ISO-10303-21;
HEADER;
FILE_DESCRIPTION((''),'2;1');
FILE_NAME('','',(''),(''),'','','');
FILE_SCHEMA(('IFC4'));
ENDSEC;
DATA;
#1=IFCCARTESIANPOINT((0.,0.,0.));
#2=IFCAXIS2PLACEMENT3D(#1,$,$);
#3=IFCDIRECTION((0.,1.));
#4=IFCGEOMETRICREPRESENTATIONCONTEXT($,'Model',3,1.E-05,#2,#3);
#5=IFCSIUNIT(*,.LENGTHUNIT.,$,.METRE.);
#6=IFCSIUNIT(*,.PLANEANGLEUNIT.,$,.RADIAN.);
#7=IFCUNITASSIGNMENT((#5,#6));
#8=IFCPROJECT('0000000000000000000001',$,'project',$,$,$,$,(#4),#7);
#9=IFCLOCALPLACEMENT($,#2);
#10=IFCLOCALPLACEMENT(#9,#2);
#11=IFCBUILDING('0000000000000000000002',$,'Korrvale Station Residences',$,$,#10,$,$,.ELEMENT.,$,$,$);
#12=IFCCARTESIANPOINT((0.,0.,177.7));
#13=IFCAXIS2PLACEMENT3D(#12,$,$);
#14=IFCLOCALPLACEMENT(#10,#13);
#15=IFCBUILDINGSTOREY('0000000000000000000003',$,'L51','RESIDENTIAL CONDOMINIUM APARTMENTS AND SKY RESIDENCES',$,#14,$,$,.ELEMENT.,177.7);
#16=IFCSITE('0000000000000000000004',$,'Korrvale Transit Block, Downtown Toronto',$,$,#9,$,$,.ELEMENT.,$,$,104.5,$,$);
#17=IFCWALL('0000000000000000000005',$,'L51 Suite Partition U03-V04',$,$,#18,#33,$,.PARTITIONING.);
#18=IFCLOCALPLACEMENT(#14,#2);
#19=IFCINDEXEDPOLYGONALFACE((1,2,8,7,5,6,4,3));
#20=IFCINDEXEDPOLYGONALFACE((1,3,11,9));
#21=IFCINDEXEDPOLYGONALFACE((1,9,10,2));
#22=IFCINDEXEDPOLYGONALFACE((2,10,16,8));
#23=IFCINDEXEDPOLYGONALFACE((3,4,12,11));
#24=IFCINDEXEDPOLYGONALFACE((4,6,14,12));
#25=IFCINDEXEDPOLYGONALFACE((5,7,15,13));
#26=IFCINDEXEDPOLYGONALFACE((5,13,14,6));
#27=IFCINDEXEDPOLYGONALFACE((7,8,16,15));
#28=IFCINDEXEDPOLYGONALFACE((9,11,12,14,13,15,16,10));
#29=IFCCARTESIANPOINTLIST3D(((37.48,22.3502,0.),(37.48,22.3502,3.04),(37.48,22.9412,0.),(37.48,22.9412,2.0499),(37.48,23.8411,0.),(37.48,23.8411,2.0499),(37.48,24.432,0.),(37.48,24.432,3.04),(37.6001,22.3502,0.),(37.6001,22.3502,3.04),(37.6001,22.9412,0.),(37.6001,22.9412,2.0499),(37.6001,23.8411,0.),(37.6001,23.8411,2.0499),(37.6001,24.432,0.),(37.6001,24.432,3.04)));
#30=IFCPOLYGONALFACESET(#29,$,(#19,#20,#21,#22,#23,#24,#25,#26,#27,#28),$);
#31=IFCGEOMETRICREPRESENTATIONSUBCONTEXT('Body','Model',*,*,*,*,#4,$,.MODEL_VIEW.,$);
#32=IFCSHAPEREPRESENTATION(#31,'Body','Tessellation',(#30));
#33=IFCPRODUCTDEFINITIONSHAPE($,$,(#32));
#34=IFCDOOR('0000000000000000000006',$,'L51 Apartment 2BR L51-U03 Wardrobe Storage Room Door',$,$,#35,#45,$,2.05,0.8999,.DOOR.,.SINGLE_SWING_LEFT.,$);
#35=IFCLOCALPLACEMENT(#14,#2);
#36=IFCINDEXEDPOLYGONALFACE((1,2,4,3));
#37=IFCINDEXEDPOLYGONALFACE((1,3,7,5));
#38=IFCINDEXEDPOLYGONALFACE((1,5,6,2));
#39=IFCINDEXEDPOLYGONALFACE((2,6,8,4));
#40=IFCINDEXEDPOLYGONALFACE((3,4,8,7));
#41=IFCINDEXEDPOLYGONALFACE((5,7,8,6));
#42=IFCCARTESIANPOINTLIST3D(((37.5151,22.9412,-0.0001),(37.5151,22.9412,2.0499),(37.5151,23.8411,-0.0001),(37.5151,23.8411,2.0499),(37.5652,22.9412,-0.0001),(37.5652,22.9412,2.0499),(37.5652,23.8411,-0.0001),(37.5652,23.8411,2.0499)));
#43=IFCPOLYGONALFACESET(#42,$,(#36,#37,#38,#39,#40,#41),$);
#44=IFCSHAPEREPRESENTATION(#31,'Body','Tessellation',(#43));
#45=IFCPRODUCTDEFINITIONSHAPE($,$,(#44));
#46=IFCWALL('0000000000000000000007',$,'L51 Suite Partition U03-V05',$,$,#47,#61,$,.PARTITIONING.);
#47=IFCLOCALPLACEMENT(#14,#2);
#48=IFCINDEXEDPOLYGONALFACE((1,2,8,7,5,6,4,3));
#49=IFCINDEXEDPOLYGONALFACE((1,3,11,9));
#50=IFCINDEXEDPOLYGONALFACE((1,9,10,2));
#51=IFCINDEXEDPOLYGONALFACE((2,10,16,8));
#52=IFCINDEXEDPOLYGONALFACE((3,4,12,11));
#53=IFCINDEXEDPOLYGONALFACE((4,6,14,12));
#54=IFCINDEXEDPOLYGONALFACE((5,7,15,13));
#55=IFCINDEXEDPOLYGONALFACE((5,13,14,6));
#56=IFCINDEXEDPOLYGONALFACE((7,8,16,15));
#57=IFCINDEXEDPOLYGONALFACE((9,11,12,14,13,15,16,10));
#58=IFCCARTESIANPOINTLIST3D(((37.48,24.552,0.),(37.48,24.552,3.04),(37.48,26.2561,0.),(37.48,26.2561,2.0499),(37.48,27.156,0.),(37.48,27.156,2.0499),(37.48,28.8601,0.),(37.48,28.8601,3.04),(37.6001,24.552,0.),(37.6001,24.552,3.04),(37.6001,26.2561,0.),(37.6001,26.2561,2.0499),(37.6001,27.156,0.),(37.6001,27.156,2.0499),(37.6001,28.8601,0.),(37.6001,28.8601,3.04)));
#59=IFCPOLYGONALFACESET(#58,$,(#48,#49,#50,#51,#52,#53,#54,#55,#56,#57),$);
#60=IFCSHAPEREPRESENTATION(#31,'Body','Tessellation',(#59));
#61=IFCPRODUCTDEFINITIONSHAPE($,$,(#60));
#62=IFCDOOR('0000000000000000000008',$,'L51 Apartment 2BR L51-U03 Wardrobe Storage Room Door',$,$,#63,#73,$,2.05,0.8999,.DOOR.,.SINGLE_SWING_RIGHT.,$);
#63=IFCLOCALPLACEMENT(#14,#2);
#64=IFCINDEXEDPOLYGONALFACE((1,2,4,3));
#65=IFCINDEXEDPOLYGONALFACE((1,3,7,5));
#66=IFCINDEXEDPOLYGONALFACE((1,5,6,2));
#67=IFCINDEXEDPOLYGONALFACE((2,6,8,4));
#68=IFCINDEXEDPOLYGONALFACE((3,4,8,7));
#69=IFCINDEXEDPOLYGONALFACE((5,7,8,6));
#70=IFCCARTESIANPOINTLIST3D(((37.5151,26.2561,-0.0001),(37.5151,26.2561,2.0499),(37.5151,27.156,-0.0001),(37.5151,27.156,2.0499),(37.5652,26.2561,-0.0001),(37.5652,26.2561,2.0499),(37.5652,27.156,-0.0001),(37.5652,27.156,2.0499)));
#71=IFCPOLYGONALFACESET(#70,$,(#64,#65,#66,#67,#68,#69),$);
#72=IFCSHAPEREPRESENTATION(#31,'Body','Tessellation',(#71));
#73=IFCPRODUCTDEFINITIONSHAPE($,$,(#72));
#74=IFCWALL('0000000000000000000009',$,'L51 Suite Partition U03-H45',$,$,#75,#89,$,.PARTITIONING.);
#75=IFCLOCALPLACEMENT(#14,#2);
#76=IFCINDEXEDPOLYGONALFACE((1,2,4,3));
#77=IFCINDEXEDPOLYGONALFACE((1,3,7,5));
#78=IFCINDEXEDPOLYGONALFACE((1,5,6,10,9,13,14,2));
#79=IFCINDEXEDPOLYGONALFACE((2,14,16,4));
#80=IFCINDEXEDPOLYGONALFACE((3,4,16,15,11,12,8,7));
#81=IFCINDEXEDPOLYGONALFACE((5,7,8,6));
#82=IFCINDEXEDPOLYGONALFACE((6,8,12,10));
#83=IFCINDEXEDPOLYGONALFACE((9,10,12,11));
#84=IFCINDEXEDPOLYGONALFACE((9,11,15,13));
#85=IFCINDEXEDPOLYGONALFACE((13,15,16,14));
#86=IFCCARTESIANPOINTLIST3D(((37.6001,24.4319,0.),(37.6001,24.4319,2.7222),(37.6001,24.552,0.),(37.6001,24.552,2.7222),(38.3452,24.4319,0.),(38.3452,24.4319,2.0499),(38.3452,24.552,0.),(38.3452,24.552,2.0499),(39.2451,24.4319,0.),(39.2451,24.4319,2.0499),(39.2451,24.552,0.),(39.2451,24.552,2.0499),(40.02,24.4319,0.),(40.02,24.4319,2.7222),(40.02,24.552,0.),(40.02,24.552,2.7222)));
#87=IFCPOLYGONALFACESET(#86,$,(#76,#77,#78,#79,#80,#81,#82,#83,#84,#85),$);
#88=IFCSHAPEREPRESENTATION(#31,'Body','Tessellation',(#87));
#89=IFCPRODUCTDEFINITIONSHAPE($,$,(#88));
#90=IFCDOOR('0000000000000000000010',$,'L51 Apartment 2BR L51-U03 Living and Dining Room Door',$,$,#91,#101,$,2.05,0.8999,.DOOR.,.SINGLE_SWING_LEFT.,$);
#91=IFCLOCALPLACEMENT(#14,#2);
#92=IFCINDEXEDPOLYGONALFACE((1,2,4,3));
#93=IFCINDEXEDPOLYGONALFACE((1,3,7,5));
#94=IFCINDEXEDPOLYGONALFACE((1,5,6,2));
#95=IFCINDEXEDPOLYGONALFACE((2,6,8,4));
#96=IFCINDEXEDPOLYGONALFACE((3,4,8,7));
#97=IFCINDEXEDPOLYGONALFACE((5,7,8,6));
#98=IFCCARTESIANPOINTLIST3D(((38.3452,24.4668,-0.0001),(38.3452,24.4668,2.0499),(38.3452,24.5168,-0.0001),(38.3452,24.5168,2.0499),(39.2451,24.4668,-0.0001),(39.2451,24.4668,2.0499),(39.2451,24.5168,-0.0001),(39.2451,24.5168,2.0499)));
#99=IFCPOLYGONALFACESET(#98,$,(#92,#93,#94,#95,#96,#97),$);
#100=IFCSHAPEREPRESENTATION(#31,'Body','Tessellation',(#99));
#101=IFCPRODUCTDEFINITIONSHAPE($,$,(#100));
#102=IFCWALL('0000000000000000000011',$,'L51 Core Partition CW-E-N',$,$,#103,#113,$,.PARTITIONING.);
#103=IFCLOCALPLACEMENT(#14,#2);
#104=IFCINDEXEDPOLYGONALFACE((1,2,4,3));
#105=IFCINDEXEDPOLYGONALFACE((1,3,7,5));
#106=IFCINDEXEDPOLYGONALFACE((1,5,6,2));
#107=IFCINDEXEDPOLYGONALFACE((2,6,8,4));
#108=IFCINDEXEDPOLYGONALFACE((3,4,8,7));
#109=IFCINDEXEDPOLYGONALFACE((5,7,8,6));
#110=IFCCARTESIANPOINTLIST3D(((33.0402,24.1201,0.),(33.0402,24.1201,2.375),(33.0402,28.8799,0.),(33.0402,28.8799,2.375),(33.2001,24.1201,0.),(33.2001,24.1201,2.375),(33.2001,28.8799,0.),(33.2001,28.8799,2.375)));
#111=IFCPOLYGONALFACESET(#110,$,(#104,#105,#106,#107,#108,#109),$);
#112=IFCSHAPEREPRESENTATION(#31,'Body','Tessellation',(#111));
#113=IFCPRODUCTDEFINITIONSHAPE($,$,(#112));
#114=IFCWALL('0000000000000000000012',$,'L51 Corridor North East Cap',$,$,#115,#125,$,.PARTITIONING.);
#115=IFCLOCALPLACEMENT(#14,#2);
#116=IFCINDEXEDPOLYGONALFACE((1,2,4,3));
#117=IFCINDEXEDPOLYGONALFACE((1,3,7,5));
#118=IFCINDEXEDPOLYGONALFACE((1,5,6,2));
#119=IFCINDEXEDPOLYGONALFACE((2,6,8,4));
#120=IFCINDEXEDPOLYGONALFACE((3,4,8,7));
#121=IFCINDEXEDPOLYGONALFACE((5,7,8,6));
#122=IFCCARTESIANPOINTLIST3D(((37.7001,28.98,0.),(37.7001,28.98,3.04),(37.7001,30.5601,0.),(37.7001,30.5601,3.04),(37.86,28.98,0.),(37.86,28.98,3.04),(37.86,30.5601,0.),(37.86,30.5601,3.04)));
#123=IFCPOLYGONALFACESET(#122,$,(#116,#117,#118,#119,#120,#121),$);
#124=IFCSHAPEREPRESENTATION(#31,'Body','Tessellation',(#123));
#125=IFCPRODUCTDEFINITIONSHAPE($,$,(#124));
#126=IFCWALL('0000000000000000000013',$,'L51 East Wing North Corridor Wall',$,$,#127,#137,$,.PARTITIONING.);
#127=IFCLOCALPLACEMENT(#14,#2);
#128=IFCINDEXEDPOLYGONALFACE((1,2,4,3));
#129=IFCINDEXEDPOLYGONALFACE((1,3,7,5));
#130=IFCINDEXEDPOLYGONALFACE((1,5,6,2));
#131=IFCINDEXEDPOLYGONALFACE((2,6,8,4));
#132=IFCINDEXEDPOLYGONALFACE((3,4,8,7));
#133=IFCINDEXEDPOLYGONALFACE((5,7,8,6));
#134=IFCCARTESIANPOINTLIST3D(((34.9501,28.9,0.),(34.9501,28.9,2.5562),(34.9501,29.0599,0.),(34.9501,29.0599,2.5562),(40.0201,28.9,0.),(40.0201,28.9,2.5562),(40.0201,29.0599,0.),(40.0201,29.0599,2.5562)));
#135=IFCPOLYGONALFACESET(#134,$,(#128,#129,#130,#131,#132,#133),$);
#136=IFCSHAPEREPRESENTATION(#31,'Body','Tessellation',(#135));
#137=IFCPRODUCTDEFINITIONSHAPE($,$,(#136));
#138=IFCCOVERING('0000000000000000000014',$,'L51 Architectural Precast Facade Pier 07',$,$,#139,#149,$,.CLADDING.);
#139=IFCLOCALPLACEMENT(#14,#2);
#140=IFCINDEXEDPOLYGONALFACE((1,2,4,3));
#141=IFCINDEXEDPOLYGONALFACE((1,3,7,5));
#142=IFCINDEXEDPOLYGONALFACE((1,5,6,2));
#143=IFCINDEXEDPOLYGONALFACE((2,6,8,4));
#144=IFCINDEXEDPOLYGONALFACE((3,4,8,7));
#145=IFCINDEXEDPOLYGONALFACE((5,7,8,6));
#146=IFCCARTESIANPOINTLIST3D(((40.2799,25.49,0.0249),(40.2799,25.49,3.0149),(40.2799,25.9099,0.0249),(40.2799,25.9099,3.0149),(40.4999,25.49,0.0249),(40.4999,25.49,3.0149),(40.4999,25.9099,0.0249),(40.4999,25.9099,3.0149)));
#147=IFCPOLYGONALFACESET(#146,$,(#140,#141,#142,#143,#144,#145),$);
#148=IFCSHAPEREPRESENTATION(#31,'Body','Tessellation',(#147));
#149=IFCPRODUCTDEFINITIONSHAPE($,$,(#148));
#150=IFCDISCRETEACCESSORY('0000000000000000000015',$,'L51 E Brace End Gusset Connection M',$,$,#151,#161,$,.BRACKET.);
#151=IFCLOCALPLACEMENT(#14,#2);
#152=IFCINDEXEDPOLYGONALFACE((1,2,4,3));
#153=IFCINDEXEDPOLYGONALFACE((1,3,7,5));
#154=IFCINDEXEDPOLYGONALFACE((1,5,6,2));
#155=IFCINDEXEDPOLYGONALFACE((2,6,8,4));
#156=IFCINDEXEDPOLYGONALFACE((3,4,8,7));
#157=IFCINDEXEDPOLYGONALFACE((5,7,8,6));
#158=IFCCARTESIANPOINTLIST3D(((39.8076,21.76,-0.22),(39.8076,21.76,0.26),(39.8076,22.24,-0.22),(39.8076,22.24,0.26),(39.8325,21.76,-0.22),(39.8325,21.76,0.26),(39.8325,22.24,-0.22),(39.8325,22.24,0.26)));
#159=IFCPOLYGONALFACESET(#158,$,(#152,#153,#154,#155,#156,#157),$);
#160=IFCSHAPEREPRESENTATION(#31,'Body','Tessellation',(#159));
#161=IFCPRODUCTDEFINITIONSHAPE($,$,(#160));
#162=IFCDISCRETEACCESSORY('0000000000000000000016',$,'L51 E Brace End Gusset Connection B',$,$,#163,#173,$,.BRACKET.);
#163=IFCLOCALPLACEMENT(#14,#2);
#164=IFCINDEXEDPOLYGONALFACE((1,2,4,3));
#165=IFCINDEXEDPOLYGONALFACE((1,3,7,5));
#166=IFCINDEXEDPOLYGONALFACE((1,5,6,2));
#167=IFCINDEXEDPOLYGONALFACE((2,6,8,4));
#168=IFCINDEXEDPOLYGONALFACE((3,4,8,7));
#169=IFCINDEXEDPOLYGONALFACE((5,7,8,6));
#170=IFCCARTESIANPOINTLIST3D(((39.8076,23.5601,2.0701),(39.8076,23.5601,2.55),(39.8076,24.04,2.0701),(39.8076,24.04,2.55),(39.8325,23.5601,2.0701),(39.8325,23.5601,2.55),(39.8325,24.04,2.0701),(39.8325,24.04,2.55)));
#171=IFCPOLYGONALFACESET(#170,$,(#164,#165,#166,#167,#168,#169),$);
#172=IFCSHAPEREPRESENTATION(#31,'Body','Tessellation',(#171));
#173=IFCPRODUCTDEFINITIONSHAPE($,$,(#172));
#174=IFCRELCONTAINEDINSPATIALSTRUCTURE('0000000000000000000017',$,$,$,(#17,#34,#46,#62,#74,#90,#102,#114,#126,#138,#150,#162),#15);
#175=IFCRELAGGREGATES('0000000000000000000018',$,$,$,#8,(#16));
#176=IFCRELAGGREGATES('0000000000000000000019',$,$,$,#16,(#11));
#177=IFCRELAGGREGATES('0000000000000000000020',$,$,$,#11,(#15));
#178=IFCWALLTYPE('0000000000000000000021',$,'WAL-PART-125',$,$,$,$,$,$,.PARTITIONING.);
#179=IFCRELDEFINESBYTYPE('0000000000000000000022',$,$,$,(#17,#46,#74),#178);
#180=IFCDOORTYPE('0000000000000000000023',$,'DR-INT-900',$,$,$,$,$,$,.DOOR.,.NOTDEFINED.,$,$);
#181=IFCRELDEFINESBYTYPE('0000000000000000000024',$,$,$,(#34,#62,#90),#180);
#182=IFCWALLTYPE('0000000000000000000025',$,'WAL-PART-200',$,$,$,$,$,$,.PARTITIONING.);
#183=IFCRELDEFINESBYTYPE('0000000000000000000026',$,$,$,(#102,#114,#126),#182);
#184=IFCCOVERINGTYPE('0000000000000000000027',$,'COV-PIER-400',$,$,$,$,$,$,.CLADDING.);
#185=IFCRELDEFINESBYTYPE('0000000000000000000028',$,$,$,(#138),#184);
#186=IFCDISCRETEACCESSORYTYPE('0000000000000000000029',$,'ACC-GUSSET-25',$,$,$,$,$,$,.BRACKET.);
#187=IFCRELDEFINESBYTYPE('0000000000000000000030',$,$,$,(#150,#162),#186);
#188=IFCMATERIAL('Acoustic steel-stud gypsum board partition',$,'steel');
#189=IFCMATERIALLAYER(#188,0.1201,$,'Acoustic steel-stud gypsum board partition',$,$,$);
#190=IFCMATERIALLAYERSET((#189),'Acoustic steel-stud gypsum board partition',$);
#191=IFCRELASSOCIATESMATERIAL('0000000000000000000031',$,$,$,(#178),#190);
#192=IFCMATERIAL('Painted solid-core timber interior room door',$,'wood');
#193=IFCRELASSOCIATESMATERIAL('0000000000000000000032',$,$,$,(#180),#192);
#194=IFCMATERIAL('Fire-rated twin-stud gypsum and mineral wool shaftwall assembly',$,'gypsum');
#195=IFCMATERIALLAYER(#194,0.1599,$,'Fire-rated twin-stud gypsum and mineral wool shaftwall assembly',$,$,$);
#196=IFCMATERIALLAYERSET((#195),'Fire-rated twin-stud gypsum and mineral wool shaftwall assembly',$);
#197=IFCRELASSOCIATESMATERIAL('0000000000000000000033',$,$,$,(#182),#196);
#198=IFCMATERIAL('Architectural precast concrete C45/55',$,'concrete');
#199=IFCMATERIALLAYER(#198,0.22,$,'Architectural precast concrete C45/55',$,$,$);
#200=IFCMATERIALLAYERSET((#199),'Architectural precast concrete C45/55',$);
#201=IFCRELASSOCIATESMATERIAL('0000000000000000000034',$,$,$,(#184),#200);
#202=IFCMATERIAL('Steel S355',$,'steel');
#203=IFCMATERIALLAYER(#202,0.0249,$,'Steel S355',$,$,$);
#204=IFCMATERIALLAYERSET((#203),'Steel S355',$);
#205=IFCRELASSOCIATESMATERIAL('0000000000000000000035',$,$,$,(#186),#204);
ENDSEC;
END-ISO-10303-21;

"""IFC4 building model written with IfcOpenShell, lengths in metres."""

from ifc_helpers import new_model, si_unit, direction, frame, frame_2d, origin, origin_2d, place, context, subcontext, project, spatial, rectangle, extrude, material, layer, layer_set, type_object, element, fill, save


model = new_model("IFC4")

# Units and contexts
model_context = context("Model", 3, precision=1e-05, world=origin(), true_north=direction((0.0, 1.0)))
body_context = subcontext(model_context, "Body", "Model", "MODEL_VIEW")
ifc_project = project(units=[si_unit("LENGTHUNIT", "METRE"), si_unit("PLANEANGLEUNIT", "RADIAN")], contexts=[model_context])

# Site, building, storey
site_placement = place(None, origin())
site = spatial("IfcSite", under=ifc_project, at=site_placement, Name="Korrvale Transit Block, Downtown Toronto", CompositionType="ELEMENT", RefElevation=104.5)
building_placement = place(site_placement, origin())
building = spatial("IfcBuilding", under=site, at=building_placement, Name="Korrvale Station Residences", CompositionType="ELEMENT")
storey_placement = place(building_placement, frame((0.0, 0.0, 177.7)))
storey = spatial("IfcBuildingStorey", under=building, at=storey_placement, Name="L51", Description="RESIDENTIAL CONDOMINIUM APARTMENTS AND SKY RESIDENCES", CompositionType="ELEMENT", Elevation=177.7)

# Shared definitions
ifc_material_1 = material(Name="Steel S355", Category="steel")

# Shared definitions
ifc_material_2 = material(Name="Acoustic steel-stud gypsum board partition", Category="steel")
ifc_layer_1 = layer(ifc_material_2, 0.1201, Name="Acoustic steel-stud gypsum board partition")
ifc_layer_set_1 = layer_set([ifc_layer_1], Name="Acoustic steel-stud gypsum board partition")
wall_type_1 = type_object("IfcWallType", Name="WAL-PART-125", PredefinedType="PARTITIONING", material=ifc_layer_set_1)

# Walls, openings, doors
ifc_material_3 = material(Name="Painted solid-core timber interior room door", Category="wood")
door_type = type_object("IfcDoorType", Name="DR-INT-900", OperationType="NOTDEFINED", PredefinedType="DOOR", material=ifc_material_3)
wall_1_placement = place(storey_placement, frame((37.54, 22.3501, 0.0), z_axis=(0.0, 0.0, 1.0), x_axis=(0.0, 1.0, 0.0)))
wall_1 = element("IfcWall", 1, at=wall_1_placement, inside=storey, type_object=wall_type_1, Name="L51 Suite Partition U03-V04", PredefinedType="PARTITIONING", context=body_context, shape_type="SweptSolid", body=[
    extrude(rectangle(XDim=2.0818, YDim=0.1201, at=frame_2d((1.041, 0.0))), origin(), (0.0, 0.0, 1.0), 3.04),
])
opening_1_placement = place(wall_1_placement, frame((0.5911, 0.0, 0.0)))
opening_1 = element("IfcOpeningElement", 2, at=opening_1_placement, cuts=wall_1, PredefinedType="OPENING", context=body_context, shape_type="SweptSolid", body=[
    extrude(rectangle(XDim=0.8999, YDim=2.05, at=frame_2d((0.45, 1.0249))), frame((0.0, 0.0701, 0.0), z_axis=(0.0, -1.0, 0.0), x_axis=(1.0, 0.0, 0.0)), (0.0, 0.0, 1.0), 0.1401),
])
door_1_placement = place(opening_1_placement, origin())
door_1 = element("IfcDoor", 3, at=door_1_placement, inside=storey, type_object=door_type, Name="L51 Apartment 2BR L51-U03 Wardrobe Storage Room Door", OperationType="SINGLE_SWING_LEFT", OverallHeight=2.05, OverallWidth=0.8999, PredefinedType="DOOR", context=body_context, shape_type="SweptSolid", body=[
    extrude(rectangle(XDim=0.8999, YDim=2.05, at=frame_2d((0.45, 1.0249))), frame((0.0, 0.0249, 0.0), z_axis=(0.0, -1.0, 0.0), x_axis=(1.0, 0.0, 0.0)), (0.0, 0.0, 1.0), 0.05),
])
fill(opening_1, door_1)
wall_2_placement = place(storey_placement, frame((37.54, 24.552, 0.0), z_axis=(0.0, 0.0, 1.0), x_axis=(0.0, 1.0, 0.0)))
wall_2 = element("IfcWall", 4, at=wall_2_placement, inside=storey, type_object=wall_type_1, Name="L51 Suite Partition U03-V05", PredefinedType="PARTITIONING", context=body_context, shape_type="SweptSolid", body=[
    extrude(rectangle(XDim=4.3081, YDim=0.1201, at=frame_2d((2.1541, 0.0))), origin(), (0.0, 0.0, 1.0), 3.04),
])
opening_2_placement = place(wall_2_placement, frame((1.7041, 0.0, 0.0)))
opening_2 = element("IfcOpeningElement", 5, at=opening_2_placement, cuts=wall_2, PredefinedType="OPENING", context=body_context, shape_type="SweptSolid", body=[
    extrude(rectangle(XDim=0.8999, YDim=2.05, at=frame_2d((0.45, 1.0249))), frame((0.0, 0.0701, 0.0), z_axis=(0.0, -1.0, 0.0), x_axis=(1.0, 0.0, 0.0)), (0.0, 0.0, 1.0), 0.1401),
])
door_2_placement = place(opening_2_placement, origin())
door_2 = element("IfcDoor", 6, at=door_2_placement, inside=storey, type_object=door_type, Name="L51 Apartment 2BR L51-U03 Wardrobe Storage Room Door", OperationType="SINGLE_SWING_RIGHT", OverallHeight=2.05, OverallWidth=0.8999, PredefinedType="DOOR", context=body_context, shape_type="SweptSolid", body=[
    extrude(rectangle(XDim=0.8999, YDim=2.05, at=frame_2d((0.45, 1.0249))), frame((0.0, 0.0249, 0.0), z_axis=(0.0, -1.0, 0.0), x_axis=(1.0, 0.0, 0.0)), (0.0, 0.0, 1.0), 0.05),
])
fill(opening_2, door_2)
wall_3_placement = place(storey_placement, frame((37.6001, 24.4919, 0.0), z_axis=(0.0, 0.0, 1.0), x_axis=(1.0, 0.0, 0.0)))
wall_3 = element("IfcWall", 7, at=wall_3_placement, inside=storey, type_object=wall_type_1, Name="L51 Suite Partition U03-H45", PredefinedType="PARTITIONING", context=body_context, shape_type="SweptSolid", body=[
    extrude(rectangle(XDim=2.4199, YDim=0.1201, at=frame_2d((1.21, 0.0))), origin(), (0.0, 0.0, 1.0), 2.7222),
])
opening_3_placement = place(wall_3_placement, frame((0.7451, 0.0, 0.0)))
opening_3 = element("IfcOpeningElement", 8, at=opening_3_placement, cuts=wall_3, PredefinedType="OPENING", context=body_context, shape_type="SweptSolid", body=[
    extrude(rectangle(XDim=0.8999, YDim=2.05, at=frame_2d((0.45, 1.0249))), frame((0.0, 0.0701, 0.0), z_axis=(0.0, -1.0, 0.0), x_axis=(1.0, 0.0, 0.0)), (0.0, 0.0, 1.0), 0.1401),
])
door_3_placement = place(opening_3_placement, origin())
door_3 = element("IfcDoor", 9, at=door_3_placement, inside=storey, type_object=door_type, Name="L51 Apartment 2BR L51-U03 Living and Dining Room Door", OperationType="SINGLE_SWING_LEFT", OverallHeight=2.05, OverallWidth=0.8999, PredefinedType="DOOR", context=body_context, shape_type="SweptSolid", body=[
    extrude(rectangle(XDim=0.8999, YDim=2.05, at=frame_2d((0.45, 1.0249))), frame((0.0, 0.0249, 0.0), z_axis=(0.0, -1.0, 0.0), x_axis=(1.0, 0.0, 0.0)), (0.0, 0.0, 1.0), 0.05),
])
fill(opening_3, door_3)

# Walls
ifc_material_4 = material(Name="Fire-rated twin-stud gypsum and mineral wool shaftwall assembly", Category="gypsum")
ifc_layer_2 = layer(ifc_material_4, 0.1599, Name="Fire-rated twin-stud gypsum and mineral wool shaftwall assembly")
ifc_layer_set_2 = layer_set([ifc_layer_2], Name="Fire-rated twin-stud gypsum and mineral wool shaftwall assembly")
wall_type_2 = type_object("IfcWallType", Name="WAL-PART-200", PredefinedType="PARTITIONING", material=ifc_layer_set_2)
wall_4_placement = place(storey_placement, frame((33.1201, 24.1201, 0.0), z_axis=(0.0, 0.0, 1.0), x_axis=(0.0, 1.0, 0.0)))
element("IfcWall", 10, at=wall_4_placement, inside=storey, type_object=wall_type_2, Name="L51 Core Partition CW-E-N", PredefinedType="PARTITIONING", context=body_context, shape_type="SweptSolid", body=[
    extrude(rectangle(XDim=4.7598, YDim=0.1599, at=frame_2d((2.3799, 0.0))), origin(), (0.0, 0.0, 1.0), 2.375),
])
wall_5_placement = place(storey_placement, frame((37.78, 28.98, 0.0), z_axis=(0.0, 0.0, 1.0), x_axis=(0.0, 1.0, 0.0)))
element("IfcWall", 11, at=wall_5_placement, inside=storey, type_object=wall_type_2, Name="L51 Corridor North East Cap", PredefinedType="PARTITIONING", context=body_context, shape_type="SweptSolid", body=[
    extrude(rectangle(XDim=1.5801, YDim=0.1599, at=frame_2d((0.79, 0.0))), origin(), (0.0, 0.0, 1.0), 3.04),
])
wall_6_placement = place(storey_placement, frame((34.95, 28.98, 0.0), z_axis=(0.0, 0.0, 1.0), x_axis=(1.0, 0.0, 0.0)))
element("IfcWall", 12, at=wall_6_placement, inside=storey, type_object=wall_type_2, Name="L51 East Wing North Corridor Wall", PredefinedType="PARTITIONING", context=body_context, shape_type="SweptSolid", body=[
    extrude(rectangle(XDim=5.0701, YDim=0.1599, at=frame_2d((2.5352, 0.0))), origin(), (0.0, 0.0, 1.0), 2.5562),
])

# Covering
ifc_material_5 = material(Name="Architectural precast concrete C45/55", Category="concrete")
ifc_layer_3 = layer(ifc_material_5, 0.22, Name="Architectural precast concrete C45/55")
ifc_layer_set_3 = layer_set([ifc_layer_3], Name="Architectural precast concrete C45/55")
covering_type = type_object("IfcCoveringType", Name="COV-PIER-400", PredefinedType="CLADDING", material=ifc_layer_set_3)
covering_placement = place(storey_placement, frame((40.3899, 25.7, 0.0249), z_axis=(0.0, 0.0, 1.0), x_axis=(0.0, 1.0, 0.0)))
element("IfcCovering", 13, at=covering_placement, inside=storey, type_object=covering_type, Name="L51 Architectural Precast Facade Pier 07", PredefinedType="CLADDING", context=body_context, shape_type="SweptSolid", body=[
    extrude(rectangle(XDim=0.4199, YDim=0.22, at=origin_2d()), origin(), (0.0, 0.0, 1.0), 2.99),
])

# Discrete accessories
ifc_layer_4 = layer(ifc_material_1, 0.0249, Name="Steel S355")
ifc_layer_set_4 = layer_set([ifc_layer_4], Name="Steel S355")
discrete_accessory_type = type_object("IfcDiscreteAccessoryType", Name="ACC-GUSSET-25", PredefinedType="BRACKET", material=ifc_layer_set_4)
for number, where, z_axis, x_axis, name in (
    (14, (39.8201, 22.0, -0.22), (0.0, 0.0, 1.0), (0.0, 1.0, 0.0), "L51 E Brace End Gusset Connection M"),
    (15, (39.8201, 23.8, 2.0701), (0.0, 0.0, 1.0), (0.0, 1.0, 0.0), "L51 E Brace End Gusset Connection B"),
):
    element("IfcDiscreteAccessory", number, at=place(storey_placement, frame(where, z_axis=z_axis, x_axis=x_axis)), inside=storey, type_object=discrete_accessory_type, Name=name, PredefinedType="BRACKET", context=body_context, shape_type="SweptSolid", body=[
        extrude(rectangle(XDim=0.48, YDim=0.0249, at=origin_2d()), origin(), (0.0, 0.0, 1.0), 0.48),
    ])

save(model, "model.ifc")
